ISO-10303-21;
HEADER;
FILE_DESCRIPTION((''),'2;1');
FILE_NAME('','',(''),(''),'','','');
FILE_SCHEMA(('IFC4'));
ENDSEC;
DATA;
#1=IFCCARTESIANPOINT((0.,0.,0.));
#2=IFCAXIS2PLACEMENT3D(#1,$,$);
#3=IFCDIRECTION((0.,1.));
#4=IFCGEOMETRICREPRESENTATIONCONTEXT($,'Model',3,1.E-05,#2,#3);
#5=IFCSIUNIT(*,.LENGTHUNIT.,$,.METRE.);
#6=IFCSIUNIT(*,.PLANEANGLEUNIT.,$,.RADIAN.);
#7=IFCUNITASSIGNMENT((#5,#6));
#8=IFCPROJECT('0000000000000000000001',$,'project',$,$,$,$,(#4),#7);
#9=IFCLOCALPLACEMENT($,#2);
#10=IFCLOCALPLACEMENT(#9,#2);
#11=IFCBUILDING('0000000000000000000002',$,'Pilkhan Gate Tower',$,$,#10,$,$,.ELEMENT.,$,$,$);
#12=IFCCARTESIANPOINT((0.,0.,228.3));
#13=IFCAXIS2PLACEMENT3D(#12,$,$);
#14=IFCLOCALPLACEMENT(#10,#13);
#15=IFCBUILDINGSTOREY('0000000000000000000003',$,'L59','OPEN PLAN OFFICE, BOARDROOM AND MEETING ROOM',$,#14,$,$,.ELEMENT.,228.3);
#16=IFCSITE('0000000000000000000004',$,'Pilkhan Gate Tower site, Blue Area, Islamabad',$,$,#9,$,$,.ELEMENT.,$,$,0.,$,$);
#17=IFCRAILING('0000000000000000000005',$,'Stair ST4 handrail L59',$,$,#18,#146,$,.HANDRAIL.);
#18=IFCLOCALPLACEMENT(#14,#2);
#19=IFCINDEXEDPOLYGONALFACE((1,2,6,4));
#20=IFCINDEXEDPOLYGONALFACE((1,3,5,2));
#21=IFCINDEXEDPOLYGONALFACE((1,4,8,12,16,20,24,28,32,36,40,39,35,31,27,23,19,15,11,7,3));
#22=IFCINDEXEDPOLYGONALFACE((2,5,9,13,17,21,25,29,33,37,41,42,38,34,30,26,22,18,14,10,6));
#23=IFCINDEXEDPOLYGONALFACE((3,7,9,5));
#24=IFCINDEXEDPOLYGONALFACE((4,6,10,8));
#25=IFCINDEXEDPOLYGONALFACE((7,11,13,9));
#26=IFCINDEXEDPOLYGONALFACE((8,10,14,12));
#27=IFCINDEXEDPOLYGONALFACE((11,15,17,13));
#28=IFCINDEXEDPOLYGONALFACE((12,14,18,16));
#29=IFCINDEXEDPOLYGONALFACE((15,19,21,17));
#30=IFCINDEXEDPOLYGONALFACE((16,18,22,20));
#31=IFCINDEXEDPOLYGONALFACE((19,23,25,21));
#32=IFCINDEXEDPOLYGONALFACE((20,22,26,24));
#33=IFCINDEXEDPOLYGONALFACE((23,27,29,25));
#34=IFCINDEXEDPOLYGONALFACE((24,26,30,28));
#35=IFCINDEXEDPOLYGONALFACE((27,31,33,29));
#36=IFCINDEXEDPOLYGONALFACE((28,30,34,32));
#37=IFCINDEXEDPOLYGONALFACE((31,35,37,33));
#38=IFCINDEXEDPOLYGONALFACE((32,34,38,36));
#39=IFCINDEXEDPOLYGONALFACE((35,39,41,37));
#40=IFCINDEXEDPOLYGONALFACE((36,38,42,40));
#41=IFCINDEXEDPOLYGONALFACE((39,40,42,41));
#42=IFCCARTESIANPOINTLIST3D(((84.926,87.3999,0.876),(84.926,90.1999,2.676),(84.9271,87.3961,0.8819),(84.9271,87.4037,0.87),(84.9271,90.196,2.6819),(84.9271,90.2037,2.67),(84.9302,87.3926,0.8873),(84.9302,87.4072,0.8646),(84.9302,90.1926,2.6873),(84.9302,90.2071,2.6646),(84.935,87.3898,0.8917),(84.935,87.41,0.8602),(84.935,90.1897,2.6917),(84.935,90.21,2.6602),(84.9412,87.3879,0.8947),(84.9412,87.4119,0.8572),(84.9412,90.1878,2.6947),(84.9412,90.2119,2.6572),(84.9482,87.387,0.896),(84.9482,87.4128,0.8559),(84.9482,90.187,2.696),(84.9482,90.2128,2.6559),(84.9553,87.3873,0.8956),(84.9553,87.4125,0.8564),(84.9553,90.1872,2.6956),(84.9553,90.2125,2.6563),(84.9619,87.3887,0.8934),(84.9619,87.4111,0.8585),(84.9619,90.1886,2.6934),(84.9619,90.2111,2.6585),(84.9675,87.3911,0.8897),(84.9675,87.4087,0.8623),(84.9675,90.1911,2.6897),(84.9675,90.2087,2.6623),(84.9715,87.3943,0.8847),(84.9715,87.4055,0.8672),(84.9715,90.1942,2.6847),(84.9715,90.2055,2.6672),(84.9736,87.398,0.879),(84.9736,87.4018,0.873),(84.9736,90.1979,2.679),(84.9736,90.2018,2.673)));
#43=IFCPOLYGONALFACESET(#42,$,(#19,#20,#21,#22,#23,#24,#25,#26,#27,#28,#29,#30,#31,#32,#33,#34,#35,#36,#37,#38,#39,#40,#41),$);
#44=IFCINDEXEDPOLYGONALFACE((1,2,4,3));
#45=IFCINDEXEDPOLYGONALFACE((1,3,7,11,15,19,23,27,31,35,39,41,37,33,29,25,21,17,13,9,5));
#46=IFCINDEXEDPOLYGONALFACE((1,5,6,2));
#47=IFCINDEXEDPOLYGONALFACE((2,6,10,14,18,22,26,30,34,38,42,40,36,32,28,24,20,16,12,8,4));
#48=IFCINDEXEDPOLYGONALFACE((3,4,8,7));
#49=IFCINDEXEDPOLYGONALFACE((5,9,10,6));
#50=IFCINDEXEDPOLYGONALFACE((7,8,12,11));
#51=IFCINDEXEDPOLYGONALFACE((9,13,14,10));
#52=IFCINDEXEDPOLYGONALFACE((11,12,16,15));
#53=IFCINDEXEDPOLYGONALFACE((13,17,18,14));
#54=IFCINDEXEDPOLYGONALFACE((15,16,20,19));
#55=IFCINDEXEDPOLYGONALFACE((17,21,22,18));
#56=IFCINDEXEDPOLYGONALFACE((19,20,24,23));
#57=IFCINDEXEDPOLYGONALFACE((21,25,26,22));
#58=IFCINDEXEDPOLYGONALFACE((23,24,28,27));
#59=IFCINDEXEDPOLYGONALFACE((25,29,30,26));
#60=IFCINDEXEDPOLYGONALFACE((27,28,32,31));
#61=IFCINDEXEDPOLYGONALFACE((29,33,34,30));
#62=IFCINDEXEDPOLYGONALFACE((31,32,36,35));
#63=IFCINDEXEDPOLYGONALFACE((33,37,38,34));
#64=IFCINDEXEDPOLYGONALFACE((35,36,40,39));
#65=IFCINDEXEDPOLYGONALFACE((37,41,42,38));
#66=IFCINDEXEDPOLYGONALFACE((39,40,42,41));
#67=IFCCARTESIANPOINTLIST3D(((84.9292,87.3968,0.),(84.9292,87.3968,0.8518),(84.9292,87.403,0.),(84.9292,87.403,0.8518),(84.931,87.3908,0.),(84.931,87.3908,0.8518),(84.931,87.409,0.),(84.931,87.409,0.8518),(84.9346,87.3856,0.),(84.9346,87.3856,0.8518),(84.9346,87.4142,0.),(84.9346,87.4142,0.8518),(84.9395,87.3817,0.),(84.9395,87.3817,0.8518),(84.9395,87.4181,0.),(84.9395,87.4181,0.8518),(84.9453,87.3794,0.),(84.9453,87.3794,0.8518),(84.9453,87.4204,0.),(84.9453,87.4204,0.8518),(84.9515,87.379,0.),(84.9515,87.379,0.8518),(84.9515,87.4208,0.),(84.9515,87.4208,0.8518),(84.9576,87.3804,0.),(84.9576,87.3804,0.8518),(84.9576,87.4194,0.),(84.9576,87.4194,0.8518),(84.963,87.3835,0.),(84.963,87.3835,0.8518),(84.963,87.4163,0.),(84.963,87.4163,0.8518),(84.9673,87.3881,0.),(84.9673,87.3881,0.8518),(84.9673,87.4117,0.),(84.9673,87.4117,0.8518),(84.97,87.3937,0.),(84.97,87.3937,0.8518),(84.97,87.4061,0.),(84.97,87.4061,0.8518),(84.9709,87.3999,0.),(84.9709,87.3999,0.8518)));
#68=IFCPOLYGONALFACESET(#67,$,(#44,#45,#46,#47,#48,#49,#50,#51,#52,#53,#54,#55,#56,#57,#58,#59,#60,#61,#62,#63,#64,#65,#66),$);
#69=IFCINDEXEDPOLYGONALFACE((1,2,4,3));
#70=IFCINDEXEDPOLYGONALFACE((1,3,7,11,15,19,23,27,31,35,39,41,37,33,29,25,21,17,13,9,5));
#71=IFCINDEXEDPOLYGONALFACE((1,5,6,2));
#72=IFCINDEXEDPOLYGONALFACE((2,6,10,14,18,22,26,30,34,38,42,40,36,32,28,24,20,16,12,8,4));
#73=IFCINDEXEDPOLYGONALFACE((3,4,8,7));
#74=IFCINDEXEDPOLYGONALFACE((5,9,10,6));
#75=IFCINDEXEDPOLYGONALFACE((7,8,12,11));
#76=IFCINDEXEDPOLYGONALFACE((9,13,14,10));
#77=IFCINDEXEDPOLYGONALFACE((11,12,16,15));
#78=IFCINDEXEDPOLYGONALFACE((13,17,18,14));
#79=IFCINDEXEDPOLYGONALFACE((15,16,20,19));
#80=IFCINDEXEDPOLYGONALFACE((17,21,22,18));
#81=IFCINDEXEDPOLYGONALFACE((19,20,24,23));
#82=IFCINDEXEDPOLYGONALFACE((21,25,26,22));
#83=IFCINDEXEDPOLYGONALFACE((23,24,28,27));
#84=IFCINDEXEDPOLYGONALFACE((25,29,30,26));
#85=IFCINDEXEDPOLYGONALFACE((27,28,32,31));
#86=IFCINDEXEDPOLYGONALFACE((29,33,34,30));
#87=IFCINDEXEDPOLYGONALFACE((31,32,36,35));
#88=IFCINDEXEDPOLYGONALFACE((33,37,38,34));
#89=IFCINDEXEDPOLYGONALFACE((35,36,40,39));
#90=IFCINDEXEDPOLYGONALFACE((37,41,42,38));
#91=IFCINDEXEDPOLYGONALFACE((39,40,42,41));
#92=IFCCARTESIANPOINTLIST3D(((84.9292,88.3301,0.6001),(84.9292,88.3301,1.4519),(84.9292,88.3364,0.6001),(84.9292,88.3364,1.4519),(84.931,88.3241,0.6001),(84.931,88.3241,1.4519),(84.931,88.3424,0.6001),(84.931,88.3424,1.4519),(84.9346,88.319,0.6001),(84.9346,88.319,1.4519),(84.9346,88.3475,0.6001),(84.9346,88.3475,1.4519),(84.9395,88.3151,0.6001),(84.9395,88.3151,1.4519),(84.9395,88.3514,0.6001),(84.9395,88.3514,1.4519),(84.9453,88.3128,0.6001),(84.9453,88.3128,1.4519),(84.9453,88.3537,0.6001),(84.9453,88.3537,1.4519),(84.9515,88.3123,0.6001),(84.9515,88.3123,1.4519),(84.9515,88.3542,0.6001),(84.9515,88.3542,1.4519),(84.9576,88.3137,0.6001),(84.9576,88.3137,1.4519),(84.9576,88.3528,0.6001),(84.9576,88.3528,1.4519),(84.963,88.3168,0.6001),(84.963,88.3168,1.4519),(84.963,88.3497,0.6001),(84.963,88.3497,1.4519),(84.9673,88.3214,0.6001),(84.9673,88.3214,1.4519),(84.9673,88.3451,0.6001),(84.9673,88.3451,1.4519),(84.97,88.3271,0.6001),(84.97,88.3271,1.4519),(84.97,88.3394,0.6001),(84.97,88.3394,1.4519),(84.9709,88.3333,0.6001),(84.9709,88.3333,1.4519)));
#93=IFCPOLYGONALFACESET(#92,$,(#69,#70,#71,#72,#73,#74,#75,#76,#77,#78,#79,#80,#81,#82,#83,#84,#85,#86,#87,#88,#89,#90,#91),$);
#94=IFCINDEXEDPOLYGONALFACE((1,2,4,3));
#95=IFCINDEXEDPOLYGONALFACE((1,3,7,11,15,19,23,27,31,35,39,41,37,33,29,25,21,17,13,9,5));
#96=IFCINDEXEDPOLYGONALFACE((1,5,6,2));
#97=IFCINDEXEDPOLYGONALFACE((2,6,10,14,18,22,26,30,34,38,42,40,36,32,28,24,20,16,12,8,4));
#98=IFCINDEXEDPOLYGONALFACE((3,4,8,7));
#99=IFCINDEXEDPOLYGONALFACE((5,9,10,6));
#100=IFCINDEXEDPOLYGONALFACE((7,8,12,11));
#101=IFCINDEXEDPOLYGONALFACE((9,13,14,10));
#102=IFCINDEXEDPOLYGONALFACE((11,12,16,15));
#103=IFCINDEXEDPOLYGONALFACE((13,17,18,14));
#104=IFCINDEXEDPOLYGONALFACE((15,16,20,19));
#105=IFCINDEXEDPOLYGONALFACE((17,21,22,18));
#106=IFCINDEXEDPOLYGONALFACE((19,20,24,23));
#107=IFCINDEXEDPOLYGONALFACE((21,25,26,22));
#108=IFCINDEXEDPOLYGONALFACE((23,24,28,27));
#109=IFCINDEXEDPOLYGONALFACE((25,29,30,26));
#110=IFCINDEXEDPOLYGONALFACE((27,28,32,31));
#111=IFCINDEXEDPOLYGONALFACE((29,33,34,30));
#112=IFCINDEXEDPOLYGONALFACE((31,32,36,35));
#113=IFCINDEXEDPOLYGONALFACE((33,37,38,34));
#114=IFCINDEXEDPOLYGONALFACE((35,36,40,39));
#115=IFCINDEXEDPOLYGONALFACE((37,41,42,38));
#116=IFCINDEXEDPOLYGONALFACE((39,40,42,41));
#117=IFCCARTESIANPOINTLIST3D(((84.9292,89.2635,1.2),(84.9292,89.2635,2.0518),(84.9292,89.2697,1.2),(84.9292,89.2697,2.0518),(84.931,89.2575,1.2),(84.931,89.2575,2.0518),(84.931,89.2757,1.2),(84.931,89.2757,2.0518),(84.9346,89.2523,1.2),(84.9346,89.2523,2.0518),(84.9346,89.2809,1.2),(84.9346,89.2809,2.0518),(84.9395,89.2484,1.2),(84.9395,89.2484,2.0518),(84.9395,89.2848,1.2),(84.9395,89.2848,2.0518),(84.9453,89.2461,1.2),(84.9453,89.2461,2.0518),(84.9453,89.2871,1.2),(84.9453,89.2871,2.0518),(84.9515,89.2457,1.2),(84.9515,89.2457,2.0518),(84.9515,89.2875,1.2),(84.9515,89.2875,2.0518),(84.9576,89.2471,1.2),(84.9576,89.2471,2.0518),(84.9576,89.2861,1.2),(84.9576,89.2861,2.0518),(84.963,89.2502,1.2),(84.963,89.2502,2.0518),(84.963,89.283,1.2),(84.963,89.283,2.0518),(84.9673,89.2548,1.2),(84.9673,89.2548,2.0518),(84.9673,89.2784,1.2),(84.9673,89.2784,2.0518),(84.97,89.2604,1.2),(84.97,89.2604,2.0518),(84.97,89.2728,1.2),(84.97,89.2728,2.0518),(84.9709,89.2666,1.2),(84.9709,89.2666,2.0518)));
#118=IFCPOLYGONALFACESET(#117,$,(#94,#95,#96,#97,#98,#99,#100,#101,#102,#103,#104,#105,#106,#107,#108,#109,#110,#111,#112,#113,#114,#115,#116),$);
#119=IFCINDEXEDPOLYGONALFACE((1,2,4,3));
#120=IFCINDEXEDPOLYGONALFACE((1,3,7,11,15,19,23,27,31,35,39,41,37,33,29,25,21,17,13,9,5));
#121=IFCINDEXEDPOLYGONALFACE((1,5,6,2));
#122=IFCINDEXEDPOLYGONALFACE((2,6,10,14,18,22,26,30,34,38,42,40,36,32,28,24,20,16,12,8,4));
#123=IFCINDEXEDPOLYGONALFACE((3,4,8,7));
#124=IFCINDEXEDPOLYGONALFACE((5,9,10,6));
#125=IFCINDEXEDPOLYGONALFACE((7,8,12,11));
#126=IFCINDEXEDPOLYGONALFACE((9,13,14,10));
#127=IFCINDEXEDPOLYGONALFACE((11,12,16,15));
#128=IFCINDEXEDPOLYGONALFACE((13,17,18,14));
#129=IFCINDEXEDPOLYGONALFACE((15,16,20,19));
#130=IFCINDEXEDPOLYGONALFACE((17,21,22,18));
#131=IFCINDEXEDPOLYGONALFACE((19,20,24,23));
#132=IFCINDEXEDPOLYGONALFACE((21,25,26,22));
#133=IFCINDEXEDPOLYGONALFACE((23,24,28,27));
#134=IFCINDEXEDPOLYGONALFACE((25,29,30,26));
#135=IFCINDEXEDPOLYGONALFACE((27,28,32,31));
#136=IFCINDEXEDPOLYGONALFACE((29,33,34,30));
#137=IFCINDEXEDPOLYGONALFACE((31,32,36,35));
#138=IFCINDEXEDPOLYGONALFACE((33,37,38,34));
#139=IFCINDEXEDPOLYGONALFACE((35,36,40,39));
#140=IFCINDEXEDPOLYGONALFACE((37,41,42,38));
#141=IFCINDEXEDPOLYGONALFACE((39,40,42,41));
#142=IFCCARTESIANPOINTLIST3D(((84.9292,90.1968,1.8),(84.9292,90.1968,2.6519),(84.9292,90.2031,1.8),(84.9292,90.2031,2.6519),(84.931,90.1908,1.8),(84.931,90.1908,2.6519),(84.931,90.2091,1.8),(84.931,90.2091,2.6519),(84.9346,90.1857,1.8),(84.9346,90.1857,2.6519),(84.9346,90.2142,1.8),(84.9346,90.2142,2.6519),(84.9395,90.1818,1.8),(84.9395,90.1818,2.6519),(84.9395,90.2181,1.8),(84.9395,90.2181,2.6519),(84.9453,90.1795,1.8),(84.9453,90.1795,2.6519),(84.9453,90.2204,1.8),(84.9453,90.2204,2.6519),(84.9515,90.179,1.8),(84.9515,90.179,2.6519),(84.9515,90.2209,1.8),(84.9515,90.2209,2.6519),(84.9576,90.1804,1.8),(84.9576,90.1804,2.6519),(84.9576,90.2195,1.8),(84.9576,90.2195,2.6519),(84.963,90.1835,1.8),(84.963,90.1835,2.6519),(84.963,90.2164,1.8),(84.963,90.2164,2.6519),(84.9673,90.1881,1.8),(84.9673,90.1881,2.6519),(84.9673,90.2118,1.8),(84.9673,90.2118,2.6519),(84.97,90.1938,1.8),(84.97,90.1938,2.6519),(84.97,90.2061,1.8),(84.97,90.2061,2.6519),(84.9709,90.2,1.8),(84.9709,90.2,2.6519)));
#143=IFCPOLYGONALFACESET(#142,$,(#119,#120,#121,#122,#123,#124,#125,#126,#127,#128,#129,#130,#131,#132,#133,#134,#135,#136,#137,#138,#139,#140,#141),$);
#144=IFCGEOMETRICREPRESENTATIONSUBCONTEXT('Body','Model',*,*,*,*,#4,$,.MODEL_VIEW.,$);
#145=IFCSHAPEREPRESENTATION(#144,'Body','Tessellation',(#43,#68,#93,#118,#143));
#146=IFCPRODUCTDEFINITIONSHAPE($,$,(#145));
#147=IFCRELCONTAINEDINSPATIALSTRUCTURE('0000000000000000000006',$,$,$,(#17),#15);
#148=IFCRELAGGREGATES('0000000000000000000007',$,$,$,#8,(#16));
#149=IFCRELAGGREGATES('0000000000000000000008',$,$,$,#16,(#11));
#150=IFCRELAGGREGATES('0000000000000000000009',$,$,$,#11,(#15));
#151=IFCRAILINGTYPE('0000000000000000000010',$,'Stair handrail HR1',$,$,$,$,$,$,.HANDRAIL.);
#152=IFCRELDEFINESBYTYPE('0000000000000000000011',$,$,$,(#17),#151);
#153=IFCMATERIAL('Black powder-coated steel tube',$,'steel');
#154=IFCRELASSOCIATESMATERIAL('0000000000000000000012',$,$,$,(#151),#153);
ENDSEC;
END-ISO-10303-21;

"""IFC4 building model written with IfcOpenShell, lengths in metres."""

from ifc_helpers import new_model, si_unit, direction, frame, origin, origin_2d, place, context, subcontext, project, spatial, circle, extrude, material, type_object, element, save


model = new_model("IFC4")

# Units and contexts
model_context = context("Model", 3, precision=1e-05, world=origin(), true_north=direction((0.0, 1.0)))
body_context = subcontext(model_context, "Body", "Model", "MODEL_VIEW")
ifc_project = project(units=[si_unit("LENGTHUNIT", "METRE"), si_unit("PLANEANGLEUNIT", "RADIAN")], contexts=[model_context])

# Site, building, storey
site_placement = place(None, origin())
site = spatial("IfcSite", under=ifc_project, at=site_placement, Name="Pilkhan Gate Tower site, Blue Area, Islamabad", CompositionType="ELEMENT", RefElevation=0.0)
building_placement = place(site_placement, origin())
building = spatial("IfcBuilding", under=site, at=building_placement, Name="Pilkhan Gate Tower", CompositionType="ELEMENT")
storey_placement = place(building_placement, frame((0.0, 0.0, 228.3)))
storey = spatial("IfcBuildingStorey", under=building, at=storey_placement, Name="L59", Description="OPEN PLAN OFFICE, BOARDROOM AND MEETING ROOM", CompositionType="ELEMENT", Elevation=228.3)

# Railing
ifc_material_1 = material(Name="Black powder-coated steel tube", Category="steel")
railing_type_1 = type_object("IfcRailingType", Name="Stair handrail HR1", PredefinedType="HANDRAIL", material=ifc_material_1)
railing_1_placement = place(storey_placement, frame((84.95, 87.3999, 0.0)))
element("IfcRailing", 1, at=railing_1_placement, inside=storey, type_object=railing_type_1, Name="Stair ST4 handrail L59", PredefinedType="HANDRAIL", context=body_context, shape_type="SweptSolid", body=[
    extrude(circle(Radius=0.0239, at=origin_2d()), frame((0.0, 0.0, 0.876), z_axis=(0.0, 0.841176, 0.540761), x_axis=(-1.0, 0.0, 0.0)), (0.0, 0.0, 1.0), 3.3286),
    extrude(circle(Radius=0.021, at=origin_2d()), origin(), (0.0, 0.0, 1.0), 0.8518),
    extrude(circle(Radius=0.021, at=origin_2d()), frame((0.0, 0.9333, 0.6001)), (0.0, 0.0, 1.0), 0.8518),
    extrude(circle(Radius=0.021, at=origin_2d()), frame((0.0, 1.8667, 1.2)), (0.0, 0.0, 1.0), 0.8518),
    extrude(circle(Radius=0.021, at=origin_2d()), frame((0.0, 2.8, 1.8)), (0.0, 0.0, 1.0), 0.8518),
])

save(model, "model.ifc")
